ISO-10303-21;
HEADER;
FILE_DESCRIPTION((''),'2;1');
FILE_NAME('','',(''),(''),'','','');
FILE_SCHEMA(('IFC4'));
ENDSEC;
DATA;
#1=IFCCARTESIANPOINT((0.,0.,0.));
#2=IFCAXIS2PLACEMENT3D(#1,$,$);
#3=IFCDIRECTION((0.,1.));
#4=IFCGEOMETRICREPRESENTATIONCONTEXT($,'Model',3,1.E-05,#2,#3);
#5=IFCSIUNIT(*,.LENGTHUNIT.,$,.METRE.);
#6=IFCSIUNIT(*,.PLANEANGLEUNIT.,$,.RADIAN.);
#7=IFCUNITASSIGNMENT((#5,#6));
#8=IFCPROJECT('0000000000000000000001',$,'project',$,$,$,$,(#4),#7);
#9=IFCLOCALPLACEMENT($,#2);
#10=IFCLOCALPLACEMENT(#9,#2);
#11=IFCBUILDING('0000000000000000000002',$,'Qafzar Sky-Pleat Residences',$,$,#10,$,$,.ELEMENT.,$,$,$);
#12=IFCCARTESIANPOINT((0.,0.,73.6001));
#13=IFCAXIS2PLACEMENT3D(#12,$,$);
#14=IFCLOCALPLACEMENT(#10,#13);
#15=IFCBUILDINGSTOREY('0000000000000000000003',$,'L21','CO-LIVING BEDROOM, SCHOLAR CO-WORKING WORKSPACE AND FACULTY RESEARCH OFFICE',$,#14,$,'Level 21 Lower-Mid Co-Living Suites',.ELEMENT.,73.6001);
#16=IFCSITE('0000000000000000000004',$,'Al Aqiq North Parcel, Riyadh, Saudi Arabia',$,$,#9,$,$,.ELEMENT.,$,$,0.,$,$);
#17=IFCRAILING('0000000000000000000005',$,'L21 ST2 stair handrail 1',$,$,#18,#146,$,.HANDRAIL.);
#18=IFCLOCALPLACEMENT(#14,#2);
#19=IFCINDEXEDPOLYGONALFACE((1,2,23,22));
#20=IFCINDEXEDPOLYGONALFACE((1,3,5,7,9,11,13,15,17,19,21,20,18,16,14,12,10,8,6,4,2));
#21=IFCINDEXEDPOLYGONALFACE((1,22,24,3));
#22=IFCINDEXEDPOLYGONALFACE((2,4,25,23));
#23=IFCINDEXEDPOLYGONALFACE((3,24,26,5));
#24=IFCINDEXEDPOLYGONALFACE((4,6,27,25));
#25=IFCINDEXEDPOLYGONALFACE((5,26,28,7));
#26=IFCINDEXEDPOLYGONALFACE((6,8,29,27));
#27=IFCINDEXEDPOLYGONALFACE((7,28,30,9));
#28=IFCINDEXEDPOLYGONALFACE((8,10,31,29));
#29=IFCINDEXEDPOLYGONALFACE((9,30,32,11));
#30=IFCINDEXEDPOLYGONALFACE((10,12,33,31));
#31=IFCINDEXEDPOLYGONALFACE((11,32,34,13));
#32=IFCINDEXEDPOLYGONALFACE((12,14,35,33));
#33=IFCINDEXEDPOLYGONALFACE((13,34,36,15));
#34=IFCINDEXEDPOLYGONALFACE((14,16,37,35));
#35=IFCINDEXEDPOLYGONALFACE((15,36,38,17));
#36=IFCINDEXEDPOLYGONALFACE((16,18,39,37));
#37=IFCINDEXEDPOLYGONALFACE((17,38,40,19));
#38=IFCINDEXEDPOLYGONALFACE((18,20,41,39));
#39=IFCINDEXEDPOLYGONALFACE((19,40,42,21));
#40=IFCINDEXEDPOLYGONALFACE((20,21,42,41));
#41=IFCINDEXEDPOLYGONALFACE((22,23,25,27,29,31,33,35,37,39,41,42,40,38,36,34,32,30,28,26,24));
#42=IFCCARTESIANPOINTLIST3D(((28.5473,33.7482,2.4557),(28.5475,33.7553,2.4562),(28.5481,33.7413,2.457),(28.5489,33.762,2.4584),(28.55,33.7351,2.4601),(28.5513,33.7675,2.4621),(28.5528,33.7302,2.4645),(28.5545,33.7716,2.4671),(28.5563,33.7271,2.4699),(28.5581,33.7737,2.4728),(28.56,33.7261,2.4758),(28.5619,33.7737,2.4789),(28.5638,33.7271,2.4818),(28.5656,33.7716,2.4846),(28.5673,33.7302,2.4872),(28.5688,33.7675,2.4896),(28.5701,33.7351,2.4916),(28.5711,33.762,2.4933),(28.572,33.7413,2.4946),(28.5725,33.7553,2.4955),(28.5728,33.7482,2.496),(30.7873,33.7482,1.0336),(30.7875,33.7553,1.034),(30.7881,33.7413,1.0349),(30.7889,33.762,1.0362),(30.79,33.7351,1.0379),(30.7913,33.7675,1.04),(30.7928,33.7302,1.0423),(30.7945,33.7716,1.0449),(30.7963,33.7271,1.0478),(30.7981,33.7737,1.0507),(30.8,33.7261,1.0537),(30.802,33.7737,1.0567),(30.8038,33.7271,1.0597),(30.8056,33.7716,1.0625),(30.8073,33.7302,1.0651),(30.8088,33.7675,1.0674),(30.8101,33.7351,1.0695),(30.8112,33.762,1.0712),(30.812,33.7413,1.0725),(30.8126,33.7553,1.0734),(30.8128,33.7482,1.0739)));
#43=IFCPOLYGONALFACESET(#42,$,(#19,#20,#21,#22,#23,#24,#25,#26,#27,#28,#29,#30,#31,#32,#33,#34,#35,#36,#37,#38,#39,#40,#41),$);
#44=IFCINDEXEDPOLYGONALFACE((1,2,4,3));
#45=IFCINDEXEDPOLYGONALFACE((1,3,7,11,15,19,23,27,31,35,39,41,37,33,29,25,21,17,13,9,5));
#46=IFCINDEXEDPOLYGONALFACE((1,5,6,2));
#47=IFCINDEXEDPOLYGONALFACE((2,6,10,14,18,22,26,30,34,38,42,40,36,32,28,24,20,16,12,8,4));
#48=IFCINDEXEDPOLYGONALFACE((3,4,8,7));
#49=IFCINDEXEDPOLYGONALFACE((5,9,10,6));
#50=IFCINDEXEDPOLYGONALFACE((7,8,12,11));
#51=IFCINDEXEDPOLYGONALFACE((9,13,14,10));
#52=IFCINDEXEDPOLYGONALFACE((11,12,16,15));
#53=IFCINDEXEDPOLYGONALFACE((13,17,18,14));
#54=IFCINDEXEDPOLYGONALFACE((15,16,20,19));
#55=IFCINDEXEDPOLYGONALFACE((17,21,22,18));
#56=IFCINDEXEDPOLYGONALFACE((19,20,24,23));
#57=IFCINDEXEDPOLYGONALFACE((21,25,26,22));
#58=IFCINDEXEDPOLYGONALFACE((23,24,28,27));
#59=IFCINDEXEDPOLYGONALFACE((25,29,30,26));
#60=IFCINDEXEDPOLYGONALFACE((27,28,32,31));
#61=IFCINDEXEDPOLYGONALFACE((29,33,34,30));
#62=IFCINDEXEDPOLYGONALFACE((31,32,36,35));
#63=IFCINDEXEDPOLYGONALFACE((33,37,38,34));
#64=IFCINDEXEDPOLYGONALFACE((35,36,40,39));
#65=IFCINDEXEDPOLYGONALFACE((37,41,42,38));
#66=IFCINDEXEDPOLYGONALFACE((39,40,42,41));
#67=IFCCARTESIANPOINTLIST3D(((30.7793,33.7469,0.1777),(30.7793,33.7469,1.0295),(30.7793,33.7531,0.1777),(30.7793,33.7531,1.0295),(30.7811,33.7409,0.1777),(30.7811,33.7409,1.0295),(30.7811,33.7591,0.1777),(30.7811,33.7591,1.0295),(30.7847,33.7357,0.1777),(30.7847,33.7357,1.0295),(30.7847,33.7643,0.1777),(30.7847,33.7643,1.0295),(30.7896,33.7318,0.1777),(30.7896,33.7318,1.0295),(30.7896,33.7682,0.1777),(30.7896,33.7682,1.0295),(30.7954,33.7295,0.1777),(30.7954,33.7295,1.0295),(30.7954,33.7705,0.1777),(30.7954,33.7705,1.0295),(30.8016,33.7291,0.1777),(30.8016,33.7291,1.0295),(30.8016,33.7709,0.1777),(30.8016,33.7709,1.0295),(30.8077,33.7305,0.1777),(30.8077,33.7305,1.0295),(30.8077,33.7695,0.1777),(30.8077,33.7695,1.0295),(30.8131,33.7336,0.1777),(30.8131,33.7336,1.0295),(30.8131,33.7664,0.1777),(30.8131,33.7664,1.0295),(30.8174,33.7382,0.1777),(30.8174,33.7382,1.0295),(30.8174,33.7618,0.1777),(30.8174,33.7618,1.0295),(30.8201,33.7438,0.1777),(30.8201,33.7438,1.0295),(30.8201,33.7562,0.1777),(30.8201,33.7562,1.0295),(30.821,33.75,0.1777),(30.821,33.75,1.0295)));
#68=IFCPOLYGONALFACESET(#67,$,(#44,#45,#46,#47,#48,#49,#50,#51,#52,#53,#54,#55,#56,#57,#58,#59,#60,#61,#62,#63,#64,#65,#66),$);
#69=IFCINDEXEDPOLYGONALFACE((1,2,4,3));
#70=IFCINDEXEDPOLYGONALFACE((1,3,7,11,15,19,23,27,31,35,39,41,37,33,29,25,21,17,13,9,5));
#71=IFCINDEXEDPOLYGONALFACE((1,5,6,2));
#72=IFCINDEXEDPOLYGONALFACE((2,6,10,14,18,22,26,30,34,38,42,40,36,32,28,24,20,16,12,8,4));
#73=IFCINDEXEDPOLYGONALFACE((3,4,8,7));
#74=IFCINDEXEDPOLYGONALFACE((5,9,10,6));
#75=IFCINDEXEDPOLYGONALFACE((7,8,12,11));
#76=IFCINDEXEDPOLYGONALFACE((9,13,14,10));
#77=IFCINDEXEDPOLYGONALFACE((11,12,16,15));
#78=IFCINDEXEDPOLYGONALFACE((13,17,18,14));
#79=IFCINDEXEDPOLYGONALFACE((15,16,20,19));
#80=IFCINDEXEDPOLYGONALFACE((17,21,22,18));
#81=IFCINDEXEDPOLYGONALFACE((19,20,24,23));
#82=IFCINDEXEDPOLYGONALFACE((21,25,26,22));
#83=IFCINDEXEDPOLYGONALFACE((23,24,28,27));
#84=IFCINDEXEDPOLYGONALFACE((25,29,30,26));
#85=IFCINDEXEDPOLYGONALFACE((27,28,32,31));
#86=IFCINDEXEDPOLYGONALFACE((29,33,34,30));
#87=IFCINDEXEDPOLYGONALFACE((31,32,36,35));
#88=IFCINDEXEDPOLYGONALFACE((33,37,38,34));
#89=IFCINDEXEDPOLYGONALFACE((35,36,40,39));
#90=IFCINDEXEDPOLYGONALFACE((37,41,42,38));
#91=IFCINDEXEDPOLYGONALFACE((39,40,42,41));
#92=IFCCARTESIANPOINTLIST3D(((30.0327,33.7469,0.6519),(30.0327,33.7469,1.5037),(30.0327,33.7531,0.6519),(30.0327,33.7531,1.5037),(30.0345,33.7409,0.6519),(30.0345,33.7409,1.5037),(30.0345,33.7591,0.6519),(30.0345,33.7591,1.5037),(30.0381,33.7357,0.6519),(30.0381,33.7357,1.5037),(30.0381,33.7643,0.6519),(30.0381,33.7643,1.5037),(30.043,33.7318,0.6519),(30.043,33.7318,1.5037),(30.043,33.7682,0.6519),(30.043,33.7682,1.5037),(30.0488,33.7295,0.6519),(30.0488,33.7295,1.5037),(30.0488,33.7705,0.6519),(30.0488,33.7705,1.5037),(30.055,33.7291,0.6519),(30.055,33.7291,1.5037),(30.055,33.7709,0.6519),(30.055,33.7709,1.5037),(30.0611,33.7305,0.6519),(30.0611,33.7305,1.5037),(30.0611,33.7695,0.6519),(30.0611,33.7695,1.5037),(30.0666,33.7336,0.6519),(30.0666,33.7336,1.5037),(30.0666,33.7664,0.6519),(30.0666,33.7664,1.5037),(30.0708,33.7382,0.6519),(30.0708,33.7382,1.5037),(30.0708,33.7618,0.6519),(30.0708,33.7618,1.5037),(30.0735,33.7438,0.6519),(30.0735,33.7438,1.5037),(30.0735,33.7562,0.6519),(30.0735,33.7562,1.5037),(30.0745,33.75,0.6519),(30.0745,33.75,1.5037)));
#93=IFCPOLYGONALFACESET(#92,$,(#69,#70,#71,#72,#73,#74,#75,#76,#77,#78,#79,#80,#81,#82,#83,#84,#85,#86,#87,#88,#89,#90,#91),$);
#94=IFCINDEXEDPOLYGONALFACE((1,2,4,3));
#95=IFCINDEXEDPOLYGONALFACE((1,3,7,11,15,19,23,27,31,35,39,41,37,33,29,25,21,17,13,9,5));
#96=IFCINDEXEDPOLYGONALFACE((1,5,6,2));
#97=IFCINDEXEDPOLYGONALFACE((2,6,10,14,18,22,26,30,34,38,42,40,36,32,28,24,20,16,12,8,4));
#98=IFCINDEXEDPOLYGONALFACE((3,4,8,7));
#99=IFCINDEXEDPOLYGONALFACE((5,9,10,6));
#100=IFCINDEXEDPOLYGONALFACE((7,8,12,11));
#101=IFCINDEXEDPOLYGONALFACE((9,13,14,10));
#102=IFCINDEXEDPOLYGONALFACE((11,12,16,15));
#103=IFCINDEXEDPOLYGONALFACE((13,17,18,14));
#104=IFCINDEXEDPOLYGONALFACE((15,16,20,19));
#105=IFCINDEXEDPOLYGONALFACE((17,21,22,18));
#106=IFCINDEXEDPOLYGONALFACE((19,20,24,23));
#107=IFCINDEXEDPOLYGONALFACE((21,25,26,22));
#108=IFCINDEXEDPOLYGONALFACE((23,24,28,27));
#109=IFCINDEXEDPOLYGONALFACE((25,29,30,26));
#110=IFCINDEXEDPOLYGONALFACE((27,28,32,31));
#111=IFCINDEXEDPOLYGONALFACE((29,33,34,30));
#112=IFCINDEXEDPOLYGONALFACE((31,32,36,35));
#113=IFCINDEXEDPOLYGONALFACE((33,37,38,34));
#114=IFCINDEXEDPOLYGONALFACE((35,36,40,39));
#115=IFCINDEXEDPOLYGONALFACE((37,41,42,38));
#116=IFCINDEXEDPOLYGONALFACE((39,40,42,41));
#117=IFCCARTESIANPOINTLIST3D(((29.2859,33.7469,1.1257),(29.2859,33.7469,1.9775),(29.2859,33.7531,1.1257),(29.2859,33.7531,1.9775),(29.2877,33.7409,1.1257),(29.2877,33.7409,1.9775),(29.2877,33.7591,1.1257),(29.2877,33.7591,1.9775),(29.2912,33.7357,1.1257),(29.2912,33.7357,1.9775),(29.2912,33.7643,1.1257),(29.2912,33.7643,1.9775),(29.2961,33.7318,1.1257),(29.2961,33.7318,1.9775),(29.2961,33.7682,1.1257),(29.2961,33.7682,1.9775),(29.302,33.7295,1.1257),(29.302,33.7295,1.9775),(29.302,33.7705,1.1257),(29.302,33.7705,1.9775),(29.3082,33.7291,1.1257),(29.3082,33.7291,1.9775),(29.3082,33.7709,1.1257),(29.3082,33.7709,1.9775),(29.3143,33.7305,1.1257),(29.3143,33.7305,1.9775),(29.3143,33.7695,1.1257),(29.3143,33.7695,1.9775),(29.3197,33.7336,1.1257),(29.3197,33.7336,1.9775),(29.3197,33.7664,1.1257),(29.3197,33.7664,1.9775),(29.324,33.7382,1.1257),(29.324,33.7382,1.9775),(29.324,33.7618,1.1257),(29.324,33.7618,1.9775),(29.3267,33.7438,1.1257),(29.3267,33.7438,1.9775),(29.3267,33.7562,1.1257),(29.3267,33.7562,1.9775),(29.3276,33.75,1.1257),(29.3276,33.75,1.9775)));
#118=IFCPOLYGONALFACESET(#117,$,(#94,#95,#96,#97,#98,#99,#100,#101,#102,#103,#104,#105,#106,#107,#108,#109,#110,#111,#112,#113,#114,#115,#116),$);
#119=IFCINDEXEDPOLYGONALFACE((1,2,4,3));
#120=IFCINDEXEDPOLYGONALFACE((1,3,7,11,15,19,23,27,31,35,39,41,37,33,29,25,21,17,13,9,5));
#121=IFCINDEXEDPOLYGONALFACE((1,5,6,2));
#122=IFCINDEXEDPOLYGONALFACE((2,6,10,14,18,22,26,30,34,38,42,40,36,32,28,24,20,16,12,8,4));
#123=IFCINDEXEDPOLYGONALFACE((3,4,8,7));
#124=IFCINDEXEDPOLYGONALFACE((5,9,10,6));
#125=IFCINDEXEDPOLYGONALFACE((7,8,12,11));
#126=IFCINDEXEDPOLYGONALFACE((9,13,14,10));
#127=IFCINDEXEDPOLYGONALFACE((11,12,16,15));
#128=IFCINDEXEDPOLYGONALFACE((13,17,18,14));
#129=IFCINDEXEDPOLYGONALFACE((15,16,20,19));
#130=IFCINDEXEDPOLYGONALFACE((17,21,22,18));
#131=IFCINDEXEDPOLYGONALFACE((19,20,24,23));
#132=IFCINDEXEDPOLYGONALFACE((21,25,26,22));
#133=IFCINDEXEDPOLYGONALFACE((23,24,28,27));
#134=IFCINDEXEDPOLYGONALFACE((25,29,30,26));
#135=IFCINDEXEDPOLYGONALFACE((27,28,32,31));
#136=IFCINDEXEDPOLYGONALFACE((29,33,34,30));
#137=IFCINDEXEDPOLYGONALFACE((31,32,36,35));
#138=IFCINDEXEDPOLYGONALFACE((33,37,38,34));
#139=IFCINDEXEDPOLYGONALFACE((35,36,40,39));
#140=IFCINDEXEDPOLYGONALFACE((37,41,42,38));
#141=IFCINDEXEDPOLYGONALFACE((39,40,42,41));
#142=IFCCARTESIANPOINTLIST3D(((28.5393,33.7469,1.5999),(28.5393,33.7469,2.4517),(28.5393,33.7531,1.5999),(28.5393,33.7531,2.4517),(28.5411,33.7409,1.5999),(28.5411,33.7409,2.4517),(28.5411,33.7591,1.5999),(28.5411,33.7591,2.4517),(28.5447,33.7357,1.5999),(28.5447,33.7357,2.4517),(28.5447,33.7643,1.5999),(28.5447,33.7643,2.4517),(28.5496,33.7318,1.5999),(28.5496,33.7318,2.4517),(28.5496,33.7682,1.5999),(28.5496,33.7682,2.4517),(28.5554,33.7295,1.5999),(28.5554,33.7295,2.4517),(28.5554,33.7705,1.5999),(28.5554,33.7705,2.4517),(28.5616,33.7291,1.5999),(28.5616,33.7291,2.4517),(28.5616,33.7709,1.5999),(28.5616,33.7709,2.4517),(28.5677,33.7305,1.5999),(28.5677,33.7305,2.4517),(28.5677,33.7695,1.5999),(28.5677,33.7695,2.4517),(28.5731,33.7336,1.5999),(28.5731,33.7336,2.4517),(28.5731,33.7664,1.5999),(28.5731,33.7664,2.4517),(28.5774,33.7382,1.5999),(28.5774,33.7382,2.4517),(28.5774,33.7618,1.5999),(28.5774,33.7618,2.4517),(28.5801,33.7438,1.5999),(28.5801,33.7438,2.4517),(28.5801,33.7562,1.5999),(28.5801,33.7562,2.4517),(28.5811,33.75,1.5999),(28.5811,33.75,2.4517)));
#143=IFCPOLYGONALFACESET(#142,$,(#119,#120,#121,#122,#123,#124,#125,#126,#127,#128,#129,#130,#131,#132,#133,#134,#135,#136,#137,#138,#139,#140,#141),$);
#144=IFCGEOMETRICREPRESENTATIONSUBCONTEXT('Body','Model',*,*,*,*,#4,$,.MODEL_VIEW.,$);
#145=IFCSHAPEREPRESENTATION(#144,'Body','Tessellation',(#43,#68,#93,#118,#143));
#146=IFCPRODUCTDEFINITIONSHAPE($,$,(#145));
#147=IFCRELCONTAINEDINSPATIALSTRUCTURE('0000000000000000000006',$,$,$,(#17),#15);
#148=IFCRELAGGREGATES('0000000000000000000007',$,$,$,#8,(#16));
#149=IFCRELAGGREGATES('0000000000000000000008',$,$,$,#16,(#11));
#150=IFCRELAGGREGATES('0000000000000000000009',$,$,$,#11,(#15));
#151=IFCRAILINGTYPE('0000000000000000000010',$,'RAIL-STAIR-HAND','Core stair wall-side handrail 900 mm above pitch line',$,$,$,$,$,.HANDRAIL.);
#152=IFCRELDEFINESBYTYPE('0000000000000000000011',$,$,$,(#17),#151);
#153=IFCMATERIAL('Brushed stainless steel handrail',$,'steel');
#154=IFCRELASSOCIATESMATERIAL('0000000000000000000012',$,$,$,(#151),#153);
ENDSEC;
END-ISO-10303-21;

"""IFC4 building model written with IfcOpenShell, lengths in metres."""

from ifc_helpers import new_model, si_unit, direction, frame, origin, origin_2d, place, context, subcontext, project, spatial, circle, extrude, source, transform, mapped, material, type_object, element, save


model = new_model("IFC4")

# Units and contexts
model_context = context("Model", 3, precision=1e-05, world=origin(), true_north=direction((0.0, 1.0)))
body_context = subcontext(model_context, "Body", "Model", "MODEL_VIEW")
ifc_project = project(units=[si_unit("LENGTHUNIT", "METRE"), si_unit("PLANEANGLEUNIT", "RADIAN")], contexts=[model_context])

# Site, building, storey
site_placement = place(None, origin())
site = spatial("IfcSite", under=ifc_project, at=site_placement, Name="Al Aqiq North Parcel, Riyadh, Saudi Arabia", CompositionType="ELEMENT", RefElevation=0.0)
building_placement = place(site_placement, origin())
building = spatial("IfcBuilding", under=site, at=building_placement, Name="Qafzar Sky-Pleat Residences", CompositionType="ELEMENT")
storey_placement = place(building_placement, frame((0.0, 0.0, 73.6001)))
storey = spatial("IfcBuildingStorey", under=building, at=storey_placement, Name="L21", Description="CO-LIVING BEDROOM, SCHOLAR CO-WORKING WORKSPACE AND FACULTY RESEARCH OFFICE", LongName="Level 21 Lower-Mid Co-Living Suites", CompositionType="ELEMENT", Elevation=73.6001)

# Railing
ifc_material_1 = material(Name="Brushed stainless steel handrail", Category="steel")
railing_type_1 = type_object("IfcRailingType", Name="RAIL-STAIR-HAND", Description="Core stair wall-side handrail 900 mm above pitch line", PredefinedType="HANDRAIL", material=ifc_material_1)
shared_shape_1 = source(origin(), body_context, "Body", "SweptSolid", [
    extrude(circle(Radius=0.0239, at=origin_2d()), frame((0.0, 0.0, 0.876), z_axis=(-0.844229, 0.0, 0.535982), x_axis=(0.0, -1.0, 0.0)), (0.0, 0.0, 1.0), 2.6533),
    extrude(circle(Radius=0.021, at=origin_2d()), origin(), (0.0, 0.0, 1.0), 0.8518),
    extrude(circle(Radius=0.021, at=origin_2d()), frame((-0.7466, 0.0, 0.4741)), (0.0, 0.0, 1.0), 0.8518),
    extrude(circle(Radius=0.021, at=origin_2d()), frame((-1.4934, 0.0, 0.948)), (0.0, 0.0, 1.0), 0.8518),
    extrude(circle(Radius=0.021, at=origin_2d()), frame((-2.24, 0.0, 1.4221)), (0.0, 0.0, 1.0), 0.8518),
])
railing_1_placement = place(storey_placement, frame((30.8, 33.75, 0.1777)))
element("IfcRailing", 1, at=railing_1_placement, inside=storey, type_object=railing_type_1, Name="L21 ST2 stair handrail 1", PredefinedType="HANDRAIL", context=body_context, shape_type="MappedRepresentation", body=[
    mapped(shared_shape_1, transform((0.0, 0.0, 0.0), x_axis=(1.0, 0.0, 0.0), y_axis=(0.0, 1.0, 0.0), z_axis=(0.0, 0.0, 1.0), scale=1.0)),
])

save(model, "model.ifc")
